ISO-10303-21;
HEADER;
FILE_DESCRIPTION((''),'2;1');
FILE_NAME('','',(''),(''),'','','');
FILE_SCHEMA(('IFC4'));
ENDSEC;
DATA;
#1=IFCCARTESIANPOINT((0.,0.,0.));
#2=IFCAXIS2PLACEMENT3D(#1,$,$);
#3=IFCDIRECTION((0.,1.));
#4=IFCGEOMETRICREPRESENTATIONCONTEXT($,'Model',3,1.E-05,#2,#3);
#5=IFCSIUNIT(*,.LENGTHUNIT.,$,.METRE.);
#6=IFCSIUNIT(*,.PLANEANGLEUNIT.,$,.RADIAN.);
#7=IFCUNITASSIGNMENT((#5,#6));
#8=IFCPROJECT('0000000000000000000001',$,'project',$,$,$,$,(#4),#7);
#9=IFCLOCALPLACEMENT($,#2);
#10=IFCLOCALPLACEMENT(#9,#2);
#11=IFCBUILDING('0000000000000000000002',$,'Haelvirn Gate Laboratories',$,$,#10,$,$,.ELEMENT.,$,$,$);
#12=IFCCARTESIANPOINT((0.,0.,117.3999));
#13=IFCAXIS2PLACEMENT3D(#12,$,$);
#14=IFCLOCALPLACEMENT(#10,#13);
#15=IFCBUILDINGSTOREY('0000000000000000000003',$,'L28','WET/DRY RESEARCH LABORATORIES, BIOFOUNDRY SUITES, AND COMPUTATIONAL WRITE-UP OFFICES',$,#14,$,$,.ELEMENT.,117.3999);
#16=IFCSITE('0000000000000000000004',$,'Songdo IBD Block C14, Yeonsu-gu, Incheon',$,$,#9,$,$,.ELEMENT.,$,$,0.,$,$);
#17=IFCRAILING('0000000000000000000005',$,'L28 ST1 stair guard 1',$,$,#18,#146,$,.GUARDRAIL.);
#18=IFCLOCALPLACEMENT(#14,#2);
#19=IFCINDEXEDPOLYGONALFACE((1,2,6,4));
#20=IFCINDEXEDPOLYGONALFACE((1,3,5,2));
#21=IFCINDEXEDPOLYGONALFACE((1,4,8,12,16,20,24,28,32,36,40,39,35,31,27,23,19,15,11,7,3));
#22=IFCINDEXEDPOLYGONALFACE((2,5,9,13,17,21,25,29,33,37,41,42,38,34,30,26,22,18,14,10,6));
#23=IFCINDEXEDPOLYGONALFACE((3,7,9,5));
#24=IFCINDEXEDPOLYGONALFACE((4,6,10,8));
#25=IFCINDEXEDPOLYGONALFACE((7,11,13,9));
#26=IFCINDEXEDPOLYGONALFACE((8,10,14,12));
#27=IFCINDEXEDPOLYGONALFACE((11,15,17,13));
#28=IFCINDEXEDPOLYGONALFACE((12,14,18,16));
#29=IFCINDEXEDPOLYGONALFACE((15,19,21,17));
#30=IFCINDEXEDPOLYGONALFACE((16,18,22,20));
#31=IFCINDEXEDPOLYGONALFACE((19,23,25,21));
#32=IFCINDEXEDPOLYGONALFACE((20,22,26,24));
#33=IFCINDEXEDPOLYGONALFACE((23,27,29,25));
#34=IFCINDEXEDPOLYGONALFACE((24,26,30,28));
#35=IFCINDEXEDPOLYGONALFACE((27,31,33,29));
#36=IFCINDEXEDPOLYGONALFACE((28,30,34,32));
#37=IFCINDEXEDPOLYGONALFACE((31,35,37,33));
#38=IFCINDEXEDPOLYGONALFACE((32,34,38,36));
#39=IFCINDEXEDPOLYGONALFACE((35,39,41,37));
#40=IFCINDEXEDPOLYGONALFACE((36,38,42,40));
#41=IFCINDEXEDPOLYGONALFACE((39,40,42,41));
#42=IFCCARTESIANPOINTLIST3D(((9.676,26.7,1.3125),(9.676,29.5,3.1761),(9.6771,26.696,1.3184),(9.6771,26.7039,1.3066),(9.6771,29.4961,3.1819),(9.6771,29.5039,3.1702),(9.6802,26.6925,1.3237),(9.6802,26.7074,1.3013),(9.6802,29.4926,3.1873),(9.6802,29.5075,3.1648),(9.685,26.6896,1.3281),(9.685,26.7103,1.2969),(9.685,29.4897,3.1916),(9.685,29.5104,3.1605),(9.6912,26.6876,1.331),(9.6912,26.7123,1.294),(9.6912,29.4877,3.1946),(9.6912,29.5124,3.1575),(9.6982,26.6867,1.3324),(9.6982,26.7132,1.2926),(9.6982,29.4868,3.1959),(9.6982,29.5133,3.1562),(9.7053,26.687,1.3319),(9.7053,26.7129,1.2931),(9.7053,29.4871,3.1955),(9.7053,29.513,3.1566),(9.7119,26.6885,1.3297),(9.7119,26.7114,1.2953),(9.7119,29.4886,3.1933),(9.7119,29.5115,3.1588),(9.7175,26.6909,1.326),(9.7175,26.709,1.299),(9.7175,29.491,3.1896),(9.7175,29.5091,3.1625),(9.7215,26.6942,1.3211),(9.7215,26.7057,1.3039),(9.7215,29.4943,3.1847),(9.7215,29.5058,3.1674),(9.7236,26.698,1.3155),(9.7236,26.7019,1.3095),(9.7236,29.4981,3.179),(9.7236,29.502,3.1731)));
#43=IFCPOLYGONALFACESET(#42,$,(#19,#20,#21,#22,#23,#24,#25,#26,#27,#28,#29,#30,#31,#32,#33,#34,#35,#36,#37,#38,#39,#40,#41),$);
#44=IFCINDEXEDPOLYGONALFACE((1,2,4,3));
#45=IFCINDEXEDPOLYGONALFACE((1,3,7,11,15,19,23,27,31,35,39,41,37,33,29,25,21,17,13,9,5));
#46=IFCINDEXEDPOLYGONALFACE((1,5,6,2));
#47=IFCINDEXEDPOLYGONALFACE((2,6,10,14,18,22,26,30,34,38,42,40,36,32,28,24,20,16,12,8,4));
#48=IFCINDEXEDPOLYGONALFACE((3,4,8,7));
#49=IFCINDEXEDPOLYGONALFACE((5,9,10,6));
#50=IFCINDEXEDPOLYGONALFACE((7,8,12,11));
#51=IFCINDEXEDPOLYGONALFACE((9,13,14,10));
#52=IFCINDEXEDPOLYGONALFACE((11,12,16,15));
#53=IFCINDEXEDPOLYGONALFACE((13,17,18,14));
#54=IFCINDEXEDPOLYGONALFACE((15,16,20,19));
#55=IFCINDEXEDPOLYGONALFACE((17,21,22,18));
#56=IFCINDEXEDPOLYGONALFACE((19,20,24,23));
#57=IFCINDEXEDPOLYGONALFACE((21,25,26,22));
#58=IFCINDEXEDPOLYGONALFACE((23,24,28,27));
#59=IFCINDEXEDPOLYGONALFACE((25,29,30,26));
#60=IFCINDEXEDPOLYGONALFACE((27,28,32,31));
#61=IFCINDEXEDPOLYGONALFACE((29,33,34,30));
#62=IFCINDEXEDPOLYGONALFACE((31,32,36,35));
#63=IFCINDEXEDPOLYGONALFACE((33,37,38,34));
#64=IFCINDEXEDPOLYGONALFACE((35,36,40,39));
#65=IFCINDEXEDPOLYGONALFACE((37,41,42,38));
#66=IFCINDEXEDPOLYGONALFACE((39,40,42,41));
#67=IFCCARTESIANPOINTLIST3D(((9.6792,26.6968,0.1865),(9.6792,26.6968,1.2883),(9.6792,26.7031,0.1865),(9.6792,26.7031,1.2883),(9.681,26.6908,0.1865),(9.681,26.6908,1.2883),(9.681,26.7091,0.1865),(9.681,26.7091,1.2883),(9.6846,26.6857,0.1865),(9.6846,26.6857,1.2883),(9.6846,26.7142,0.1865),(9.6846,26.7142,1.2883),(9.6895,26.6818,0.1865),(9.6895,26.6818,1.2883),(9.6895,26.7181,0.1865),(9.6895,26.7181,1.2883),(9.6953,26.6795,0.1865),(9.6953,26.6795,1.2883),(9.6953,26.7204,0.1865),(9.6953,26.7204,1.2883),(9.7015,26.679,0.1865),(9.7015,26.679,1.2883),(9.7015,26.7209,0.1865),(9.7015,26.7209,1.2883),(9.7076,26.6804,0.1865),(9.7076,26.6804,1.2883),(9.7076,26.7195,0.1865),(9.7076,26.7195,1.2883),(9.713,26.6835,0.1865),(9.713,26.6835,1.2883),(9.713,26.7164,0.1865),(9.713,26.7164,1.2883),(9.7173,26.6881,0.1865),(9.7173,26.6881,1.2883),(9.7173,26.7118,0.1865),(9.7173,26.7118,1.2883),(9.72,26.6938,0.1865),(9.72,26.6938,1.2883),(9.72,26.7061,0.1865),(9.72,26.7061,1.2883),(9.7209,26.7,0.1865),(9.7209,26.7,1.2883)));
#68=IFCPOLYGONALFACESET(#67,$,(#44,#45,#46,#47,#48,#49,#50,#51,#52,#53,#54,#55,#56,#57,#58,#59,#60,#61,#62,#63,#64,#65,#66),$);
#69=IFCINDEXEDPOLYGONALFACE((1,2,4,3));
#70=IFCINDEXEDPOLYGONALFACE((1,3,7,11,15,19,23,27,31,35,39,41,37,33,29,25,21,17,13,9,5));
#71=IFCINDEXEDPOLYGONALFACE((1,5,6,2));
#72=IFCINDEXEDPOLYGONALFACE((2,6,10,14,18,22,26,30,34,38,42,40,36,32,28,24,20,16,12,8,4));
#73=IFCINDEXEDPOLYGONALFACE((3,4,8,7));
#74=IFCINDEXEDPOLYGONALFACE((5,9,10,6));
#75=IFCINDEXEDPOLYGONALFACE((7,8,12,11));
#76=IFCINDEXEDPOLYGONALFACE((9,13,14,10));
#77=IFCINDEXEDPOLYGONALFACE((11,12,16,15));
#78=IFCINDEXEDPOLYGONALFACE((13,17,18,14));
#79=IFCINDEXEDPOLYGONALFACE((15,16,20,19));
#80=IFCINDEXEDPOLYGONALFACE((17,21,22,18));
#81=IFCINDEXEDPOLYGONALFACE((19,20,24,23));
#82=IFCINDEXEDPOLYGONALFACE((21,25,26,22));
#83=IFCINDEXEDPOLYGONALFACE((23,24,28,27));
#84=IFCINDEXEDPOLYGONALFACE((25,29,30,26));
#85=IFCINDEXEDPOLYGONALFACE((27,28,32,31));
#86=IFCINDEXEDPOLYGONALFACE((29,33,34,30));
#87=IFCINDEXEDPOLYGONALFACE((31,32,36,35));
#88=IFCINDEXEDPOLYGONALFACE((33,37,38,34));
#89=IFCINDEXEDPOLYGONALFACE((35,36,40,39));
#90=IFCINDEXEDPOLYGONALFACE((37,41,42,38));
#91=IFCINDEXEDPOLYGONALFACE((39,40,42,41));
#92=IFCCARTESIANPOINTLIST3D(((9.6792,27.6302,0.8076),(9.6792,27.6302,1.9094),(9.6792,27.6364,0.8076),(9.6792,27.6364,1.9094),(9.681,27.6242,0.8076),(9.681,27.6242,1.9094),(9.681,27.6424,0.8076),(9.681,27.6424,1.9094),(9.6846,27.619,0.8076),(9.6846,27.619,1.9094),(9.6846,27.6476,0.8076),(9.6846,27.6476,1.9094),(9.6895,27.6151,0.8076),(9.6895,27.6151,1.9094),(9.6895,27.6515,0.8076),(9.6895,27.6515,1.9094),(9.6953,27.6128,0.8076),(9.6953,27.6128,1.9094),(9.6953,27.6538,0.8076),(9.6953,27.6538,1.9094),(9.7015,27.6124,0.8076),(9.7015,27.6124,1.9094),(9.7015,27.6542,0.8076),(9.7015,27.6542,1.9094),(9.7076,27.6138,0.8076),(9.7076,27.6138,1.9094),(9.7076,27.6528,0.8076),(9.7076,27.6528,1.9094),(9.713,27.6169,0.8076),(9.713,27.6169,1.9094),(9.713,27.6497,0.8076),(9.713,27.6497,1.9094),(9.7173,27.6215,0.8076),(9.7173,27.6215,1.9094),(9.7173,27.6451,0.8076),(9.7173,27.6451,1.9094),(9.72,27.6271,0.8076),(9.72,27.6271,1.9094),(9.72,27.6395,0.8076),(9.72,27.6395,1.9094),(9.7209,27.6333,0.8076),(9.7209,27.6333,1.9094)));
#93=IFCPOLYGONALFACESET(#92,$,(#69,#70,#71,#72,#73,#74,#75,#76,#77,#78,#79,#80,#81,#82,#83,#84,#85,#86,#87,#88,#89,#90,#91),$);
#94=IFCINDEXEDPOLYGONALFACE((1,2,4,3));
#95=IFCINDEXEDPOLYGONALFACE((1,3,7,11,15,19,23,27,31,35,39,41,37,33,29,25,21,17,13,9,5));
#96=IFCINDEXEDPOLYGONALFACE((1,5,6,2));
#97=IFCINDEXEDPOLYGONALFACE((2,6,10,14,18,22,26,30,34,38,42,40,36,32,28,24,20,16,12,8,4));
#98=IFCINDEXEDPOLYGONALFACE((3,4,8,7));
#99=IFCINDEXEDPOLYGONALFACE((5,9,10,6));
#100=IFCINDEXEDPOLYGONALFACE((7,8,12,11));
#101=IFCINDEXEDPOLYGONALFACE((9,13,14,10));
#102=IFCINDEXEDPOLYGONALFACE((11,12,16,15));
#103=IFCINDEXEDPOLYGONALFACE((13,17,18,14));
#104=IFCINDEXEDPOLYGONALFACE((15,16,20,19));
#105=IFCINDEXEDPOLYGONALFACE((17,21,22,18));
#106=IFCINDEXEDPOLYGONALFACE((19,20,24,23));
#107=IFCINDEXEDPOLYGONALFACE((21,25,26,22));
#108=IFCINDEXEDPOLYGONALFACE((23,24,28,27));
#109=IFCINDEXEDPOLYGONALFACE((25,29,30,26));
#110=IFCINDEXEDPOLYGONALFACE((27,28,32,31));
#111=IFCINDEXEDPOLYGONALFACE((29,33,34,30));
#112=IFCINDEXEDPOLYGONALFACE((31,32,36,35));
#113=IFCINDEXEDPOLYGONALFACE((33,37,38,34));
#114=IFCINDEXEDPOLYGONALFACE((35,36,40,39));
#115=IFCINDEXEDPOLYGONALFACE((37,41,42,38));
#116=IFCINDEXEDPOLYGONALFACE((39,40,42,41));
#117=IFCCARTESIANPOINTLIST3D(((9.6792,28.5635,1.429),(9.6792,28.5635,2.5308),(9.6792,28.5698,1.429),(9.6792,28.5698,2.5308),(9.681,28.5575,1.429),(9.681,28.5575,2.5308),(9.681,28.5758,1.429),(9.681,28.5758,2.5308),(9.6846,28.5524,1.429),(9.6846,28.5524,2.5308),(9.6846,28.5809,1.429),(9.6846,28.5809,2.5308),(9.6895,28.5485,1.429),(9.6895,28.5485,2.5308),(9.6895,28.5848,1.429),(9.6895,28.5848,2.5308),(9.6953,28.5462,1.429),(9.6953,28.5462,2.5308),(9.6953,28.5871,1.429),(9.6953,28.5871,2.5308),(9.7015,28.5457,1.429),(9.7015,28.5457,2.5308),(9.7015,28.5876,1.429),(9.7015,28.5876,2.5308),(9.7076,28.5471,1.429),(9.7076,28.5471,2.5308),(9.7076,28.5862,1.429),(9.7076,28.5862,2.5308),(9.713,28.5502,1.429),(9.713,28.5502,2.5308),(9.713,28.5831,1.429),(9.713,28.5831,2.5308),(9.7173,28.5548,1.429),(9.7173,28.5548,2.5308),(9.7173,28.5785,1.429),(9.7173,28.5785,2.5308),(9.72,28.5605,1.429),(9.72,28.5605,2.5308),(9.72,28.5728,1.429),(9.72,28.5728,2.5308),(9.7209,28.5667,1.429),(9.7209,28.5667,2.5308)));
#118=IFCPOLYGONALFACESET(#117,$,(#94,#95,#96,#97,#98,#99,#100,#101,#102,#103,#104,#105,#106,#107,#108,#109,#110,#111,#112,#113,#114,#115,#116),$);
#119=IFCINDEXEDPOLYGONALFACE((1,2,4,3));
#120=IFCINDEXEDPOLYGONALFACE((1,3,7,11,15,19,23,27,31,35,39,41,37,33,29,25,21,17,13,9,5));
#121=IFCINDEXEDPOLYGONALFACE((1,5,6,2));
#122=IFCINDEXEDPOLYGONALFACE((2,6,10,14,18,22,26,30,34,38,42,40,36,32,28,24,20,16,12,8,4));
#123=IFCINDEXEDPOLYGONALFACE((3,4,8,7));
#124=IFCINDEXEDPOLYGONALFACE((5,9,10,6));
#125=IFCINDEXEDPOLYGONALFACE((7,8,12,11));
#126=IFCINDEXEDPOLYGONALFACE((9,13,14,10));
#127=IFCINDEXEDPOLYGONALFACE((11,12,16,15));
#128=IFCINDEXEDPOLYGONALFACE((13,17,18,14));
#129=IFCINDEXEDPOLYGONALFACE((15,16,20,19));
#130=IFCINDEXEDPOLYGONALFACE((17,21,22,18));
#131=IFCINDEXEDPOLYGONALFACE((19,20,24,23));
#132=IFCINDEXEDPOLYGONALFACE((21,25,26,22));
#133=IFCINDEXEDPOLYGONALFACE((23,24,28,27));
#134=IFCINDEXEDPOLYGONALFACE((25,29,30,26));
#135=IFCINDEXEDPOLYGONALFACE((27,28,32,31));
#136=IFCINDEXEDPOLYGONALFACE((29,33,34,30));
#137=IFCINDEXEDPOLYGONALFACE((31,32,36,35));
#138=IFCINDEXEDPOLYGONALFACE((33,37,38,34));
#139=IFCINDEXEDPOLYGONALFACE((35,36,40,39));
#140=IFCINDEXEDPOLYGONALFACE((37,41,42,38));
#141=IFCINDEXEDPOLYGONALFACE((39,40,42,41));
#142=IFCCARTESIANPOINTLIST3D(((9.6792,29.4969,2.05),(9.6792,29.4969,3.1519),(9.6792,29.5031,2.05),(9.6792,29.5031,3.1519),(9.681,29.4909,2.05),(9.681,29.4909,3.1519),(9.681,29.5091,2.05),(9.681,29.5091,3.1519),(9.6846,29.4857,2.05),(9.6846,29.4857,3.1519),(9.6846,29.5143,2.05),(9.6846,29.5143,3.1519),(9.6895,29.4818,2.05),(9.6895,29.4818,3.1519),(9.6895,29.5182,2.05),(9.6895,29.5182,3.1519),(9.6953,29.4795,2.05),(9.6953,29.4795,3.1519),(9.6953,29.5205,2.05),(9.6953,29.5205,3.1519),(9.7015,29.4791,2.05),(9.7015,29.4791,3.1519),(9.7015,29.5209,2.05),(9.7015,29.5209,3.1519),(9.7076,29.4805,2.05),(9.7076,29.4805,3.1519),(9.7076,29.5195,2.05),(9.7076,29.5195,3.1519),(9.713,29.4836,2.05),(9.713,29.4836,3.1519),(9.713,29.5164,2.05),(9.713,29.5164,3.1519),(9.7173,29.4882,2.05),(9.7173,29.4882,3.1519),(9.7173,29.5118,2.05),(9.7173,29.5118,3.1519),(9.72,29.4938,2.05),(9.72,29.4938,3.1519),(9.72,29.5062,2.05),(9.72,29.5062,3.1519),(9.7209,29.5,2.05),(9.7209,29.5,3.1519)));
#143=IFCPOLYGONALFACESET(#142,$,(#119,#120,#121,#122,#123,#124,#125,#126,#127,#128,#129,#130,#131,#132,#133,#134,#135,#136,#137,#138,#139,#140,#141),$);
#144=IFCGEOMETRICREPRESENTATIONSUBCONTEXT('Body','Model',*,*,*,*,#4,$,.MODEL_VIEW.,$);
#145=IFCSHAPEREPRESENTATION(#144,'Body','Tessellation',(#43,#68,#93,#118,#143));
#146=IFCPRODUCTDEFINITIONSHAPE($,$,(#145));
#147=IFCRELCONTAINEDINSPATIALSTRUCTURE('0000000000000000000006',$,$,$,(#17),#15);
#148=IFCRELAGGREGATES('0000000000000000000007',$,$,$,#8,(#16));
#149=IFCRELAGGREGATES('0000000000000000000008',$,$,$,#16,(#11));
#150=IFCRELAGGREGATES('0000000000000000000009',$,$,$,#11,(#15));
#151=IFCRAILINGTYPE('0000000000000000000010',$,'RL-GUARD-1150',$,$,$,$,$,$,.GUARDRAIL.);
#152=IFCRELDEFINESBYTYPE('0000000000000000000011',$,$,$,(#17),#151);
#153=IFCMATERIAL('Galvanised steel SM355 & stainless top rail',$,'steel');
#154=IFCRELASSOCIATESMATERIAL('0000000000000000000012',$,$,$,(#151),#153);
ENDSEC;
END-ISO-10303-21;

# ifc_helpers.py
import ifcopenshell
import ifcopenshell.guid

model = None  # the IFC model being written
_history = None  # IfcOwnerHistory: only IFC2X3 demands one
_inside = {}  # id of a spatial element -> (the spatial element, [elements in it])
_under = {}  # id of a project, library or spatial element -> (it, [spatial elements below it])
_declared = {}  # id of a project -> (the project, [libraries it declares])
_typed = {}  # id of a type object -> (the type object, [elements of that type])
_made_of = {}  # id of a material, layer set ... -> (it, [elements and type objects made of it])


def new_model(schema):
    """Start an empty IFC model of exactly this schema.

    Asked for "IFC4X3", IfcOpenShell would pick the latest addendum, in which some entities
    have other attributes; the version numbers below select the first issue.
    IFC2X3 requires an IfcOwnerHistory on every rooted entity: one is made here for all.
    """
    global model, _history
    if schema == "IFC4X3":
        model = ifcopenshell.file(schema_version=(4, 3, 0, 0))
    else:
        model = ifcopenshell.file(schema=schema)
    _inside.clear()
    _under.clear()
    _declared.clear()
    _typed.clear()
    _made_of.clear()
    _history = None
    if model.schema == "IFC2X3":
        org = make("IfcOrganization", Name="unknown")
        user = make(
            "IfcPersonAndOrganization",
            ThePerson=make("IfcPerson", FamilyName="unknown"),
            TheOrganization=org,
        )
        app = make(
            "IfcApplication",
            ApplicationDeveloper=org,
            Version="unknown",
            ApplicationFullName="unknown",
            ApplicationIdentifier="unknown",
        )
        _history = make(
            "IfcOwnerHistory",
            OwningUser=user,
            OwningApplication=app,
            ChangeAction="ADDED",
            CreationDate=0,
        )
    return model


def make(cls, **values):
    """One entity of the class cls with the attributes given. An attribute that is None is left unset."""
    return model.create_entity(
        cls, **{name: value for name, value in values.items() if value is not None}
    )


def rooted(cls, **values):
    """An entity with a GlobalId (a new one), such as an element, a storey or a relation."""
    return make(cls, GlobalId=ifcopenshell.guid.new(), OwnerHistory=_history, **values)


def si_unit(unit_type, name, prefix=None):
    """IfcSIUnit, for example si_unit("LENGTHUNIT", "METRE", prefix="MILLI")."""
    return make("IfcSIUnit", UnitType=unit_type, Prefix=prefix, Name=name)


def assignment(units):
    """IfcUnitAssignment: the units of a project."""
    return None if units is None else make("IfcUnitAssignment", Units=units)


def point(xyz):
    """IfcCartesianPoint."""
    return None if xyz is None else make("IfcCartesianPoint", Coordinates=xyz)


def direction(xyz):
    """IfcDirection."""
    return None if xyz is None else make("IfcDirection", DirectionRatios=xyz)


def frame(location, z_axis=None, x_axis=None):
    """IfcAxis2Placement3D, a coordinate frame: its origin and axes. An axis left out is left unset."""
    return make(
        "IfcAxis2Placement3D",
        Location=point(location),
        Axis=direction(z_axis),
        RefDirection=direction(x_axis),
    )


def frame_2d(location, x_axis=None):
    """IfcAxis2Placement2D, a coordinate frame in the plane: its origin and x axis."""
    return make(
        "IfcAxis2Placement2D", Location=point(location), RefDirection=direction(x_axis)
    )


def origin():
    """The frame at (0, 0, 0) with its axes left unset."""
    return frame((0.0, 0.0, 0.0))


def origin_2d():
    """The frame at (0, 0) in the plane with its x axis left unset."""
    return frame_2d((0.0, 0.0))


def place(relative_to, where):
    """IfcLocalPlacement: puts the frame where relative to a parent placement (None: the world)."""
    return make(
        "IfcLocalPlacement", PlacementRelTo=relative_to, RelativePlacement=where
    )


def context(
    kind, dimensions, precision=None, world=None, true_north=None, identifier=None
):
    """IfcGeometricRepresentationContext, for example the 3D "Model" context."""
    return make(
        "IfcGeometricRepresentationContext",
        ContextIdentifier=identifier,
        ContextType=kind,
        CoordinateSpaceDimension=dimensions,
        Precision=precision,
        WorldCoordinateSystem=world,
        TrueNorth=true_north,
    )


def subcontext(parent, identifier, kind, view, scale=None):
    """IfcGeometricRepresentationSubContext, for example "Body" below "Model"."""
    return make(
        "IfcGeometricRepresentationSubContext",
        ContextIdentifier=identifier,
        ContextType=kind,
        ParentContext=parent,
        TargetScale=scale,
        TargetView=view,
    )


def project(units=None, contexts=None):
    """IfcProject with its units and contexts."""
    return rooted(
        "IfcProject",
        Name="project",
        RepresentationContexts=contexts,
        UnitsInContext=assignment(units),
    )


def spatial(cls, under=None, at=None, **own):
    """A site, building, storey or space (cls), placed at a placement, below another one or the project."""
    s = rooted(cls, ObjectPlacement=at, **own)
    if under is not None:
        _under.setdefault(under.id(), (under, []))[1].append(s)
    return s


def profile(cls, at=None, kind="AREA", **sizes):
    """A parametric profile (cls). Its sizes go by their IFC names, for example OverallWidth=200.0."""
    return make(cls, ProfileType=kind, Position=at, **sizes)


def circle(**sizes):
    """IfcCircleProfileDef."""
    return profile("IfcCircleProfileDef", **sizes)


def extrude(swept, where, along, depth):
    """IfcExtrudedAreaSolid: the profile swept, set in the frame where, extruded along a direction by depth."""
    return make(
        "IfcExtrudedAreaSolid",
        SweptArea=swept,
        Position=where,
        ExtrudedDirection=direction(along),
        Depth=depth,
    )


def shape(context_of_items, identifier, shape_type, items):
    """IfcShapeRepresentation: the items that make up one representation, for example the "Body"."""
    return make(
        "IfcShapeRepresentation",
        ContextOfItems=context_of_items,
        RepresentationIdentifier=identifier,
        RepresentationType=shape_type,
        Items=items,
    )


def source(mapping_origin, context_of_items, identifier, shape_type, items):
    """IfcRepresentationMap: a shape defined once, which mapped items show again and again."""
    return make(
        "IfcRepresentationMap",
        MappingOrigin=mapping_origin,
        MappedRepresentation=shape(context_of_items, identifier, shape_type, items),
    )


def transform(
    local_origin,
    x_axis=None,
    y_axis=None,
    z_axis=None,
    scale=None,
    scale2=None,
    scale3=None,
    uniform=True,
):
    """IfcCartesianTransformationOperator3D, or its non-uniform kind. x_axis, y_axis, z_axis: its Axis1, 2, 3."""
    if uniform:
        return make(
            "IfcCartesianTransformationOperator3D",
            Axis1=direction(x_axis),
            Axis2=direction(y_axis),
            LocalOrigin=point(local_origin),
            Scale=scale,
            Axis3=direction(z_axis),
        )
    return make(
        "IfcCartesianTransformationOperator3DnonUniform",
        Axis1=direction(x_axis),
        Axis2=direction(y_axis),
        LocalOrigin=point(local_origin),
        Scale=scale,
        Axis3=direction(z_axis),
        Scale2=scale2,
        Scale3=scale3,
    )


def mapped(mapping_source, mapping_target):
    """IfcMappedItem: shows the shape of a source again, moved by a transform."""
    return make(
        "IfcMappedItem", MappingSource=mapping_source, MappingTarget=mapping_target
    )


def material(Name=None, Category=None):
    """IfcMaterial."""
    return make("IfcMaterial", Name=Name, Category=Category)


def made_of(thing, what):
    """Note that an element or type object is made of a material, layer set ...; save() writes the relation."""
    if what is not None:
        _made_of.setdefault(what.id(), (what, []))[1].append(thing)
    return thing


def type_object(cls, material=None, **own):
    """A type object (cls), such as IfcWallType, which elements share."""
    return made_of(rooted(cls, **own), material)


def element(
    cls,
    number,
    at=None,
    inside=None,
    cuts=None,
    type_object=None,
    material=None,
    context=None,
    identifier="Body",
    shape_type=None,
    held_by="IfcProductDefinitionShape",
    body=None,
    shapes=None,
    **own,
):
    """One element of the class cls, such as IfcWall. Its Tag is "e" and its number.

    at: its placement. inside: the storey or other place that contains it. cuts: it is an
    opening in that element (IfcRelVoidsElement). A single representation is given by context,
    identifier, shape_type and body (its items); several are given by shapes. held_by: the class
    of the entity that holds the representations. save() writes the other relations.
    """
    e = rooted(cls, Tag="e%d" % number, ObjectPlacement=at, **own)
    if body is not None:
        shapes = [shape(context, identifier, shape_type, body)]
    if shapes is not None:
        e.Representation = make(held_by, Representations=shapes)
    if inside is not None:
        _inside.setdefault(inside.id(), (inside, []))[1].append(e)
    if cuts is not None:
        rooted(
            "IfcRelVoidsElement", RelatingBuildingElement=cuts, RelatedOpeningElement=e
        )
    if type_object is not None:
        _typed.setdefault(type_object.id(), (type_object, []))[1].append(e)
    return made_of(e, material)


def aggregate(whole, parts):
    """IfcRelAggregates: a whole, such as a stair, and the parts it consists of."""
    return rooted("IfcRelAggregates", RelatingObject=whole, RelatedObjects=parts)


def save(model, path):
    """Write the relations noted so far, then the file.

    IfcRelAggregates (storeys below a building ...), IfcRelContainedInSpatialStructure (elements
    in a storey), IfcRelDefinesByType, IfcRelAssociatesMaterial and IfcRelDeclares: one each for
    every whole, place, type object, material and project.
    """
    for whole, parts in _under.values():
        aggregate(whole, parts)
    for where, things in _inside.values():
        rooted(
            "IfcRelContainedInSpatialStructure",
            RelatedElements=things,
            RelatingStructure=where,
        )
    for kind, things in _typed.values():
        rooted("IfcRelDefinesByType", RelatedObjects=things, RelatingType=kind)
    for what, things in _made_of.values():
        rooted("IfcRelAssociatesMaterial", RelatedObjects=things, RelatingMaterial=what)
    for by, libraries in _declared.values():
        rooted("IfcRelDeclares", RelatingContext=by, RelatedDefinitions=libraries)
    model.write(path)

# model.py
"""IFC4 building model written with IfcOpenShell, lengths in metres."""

from ifc_helpers import new_model, si_unit, direction, frame, origin, origin_2d, place, context, subcontext, project, spatial, circle, extrude, source, transform, mapped, material, type_object, element, save


model = new_model("IFC4")

# Units and contexts
model_context = context("Model", 3, precision=1e-05, world=origin(), true_north=direction((0.0, 1.0)))
body_context = subcontext(model_context, "Body", "Model", "MODEL_VIEW")
ifc_project = project(units=[si_unit("LENGTHUNIT", "METRE"), si_unit("PLANEANGLEUNIT", "RADIAN")], contexts=[model_context])

# Site, building, storey
site_placement = place(None, origin())
site = spatial("IfcSite", under=ifc_project, at=site_placement, Name="Songdo IBD Block C14, Yeonsu-gu, Incheon", CompositionType="ELEMENT", RefElevation=0.0)
building_placement = place(site_placement, origin())
building = spatial("IfcBuilding", under=site, at=building_placement, Name="Haelvirn Gate Laboratories", CompositionType="ELEMENT")
storey_placement = place(building_placement, frame((0.0, 0.0, 117.3999)))
storey = spatial("IfcBuildingStorey", under=building, at=storey_placement, Name="L28", Description="WET/DRY RESEARCH LABORATORIES, BIOFOUNDRY SUITES, AND COMPUTATIONAL WRITE-UP OFFICES", CompositionType="ELEMENT", Elevation=117.3999)

# Railing
ifc_material_1 = material(Name="Galvanised steel SM355 & stainless top rail", Category="steel")
railing_type_1 = type_object("IfcRailingType", Name="RL-GUARD-1150", PredefinedType="GUARDRAIL", material=ifc_material_1)
shared_shape_1 = source(origin(), body_context, "Body", "SweptSolid", [
    extrude(circle(Radius=0.0239, at=origin_2d()), frame((0.0, 0.0, 1.126), z_axis=(0.0, 0.832486, 0.554047), x_axis=(-1.0, 0.0, 0.0)), (0.0, 0.0, 1.0), 3.3635),
    extrude(circle(Radius=0.021, at=origin_2d()), origin(), (0.0, 0.0, 1.0), 1.1018),
    extrude(circle(Radius=0.021, at=origin_2d()), frame((0.0, 0.9333, 0.6211)), (0.0, 0.0, 1.0), 1.1018),
    extrude(circle(Radius=0.021, at=origin_2d()), frame((0.0, 1.8667, 1.2424)), (0.0, 0.0, 1.0), 1.1018),
    extrude(circle(Radius=0.021, at=origin_2d()), frame((0.0, 2.8, 1.8635)), (0.0, 0.0, 1.0), 1.1018),
])
railing_1_placement = place(storey_placement, frame((9.7, 26.7, 0.1865)))
element("IfcRailing", 1, at=railing_1_placement, inside=storey, type_object=railing_type_1, Name="L28 ST1 stair guard 1", PredefinedType="GUARDRAIL", context=body_context, shape_type="MappedRepresentation", body=[
    mapped(shared_shape_1, transform((0.0, 0.0, 0.0), scale=1.0)),
])

save(model, "model.ifc")
